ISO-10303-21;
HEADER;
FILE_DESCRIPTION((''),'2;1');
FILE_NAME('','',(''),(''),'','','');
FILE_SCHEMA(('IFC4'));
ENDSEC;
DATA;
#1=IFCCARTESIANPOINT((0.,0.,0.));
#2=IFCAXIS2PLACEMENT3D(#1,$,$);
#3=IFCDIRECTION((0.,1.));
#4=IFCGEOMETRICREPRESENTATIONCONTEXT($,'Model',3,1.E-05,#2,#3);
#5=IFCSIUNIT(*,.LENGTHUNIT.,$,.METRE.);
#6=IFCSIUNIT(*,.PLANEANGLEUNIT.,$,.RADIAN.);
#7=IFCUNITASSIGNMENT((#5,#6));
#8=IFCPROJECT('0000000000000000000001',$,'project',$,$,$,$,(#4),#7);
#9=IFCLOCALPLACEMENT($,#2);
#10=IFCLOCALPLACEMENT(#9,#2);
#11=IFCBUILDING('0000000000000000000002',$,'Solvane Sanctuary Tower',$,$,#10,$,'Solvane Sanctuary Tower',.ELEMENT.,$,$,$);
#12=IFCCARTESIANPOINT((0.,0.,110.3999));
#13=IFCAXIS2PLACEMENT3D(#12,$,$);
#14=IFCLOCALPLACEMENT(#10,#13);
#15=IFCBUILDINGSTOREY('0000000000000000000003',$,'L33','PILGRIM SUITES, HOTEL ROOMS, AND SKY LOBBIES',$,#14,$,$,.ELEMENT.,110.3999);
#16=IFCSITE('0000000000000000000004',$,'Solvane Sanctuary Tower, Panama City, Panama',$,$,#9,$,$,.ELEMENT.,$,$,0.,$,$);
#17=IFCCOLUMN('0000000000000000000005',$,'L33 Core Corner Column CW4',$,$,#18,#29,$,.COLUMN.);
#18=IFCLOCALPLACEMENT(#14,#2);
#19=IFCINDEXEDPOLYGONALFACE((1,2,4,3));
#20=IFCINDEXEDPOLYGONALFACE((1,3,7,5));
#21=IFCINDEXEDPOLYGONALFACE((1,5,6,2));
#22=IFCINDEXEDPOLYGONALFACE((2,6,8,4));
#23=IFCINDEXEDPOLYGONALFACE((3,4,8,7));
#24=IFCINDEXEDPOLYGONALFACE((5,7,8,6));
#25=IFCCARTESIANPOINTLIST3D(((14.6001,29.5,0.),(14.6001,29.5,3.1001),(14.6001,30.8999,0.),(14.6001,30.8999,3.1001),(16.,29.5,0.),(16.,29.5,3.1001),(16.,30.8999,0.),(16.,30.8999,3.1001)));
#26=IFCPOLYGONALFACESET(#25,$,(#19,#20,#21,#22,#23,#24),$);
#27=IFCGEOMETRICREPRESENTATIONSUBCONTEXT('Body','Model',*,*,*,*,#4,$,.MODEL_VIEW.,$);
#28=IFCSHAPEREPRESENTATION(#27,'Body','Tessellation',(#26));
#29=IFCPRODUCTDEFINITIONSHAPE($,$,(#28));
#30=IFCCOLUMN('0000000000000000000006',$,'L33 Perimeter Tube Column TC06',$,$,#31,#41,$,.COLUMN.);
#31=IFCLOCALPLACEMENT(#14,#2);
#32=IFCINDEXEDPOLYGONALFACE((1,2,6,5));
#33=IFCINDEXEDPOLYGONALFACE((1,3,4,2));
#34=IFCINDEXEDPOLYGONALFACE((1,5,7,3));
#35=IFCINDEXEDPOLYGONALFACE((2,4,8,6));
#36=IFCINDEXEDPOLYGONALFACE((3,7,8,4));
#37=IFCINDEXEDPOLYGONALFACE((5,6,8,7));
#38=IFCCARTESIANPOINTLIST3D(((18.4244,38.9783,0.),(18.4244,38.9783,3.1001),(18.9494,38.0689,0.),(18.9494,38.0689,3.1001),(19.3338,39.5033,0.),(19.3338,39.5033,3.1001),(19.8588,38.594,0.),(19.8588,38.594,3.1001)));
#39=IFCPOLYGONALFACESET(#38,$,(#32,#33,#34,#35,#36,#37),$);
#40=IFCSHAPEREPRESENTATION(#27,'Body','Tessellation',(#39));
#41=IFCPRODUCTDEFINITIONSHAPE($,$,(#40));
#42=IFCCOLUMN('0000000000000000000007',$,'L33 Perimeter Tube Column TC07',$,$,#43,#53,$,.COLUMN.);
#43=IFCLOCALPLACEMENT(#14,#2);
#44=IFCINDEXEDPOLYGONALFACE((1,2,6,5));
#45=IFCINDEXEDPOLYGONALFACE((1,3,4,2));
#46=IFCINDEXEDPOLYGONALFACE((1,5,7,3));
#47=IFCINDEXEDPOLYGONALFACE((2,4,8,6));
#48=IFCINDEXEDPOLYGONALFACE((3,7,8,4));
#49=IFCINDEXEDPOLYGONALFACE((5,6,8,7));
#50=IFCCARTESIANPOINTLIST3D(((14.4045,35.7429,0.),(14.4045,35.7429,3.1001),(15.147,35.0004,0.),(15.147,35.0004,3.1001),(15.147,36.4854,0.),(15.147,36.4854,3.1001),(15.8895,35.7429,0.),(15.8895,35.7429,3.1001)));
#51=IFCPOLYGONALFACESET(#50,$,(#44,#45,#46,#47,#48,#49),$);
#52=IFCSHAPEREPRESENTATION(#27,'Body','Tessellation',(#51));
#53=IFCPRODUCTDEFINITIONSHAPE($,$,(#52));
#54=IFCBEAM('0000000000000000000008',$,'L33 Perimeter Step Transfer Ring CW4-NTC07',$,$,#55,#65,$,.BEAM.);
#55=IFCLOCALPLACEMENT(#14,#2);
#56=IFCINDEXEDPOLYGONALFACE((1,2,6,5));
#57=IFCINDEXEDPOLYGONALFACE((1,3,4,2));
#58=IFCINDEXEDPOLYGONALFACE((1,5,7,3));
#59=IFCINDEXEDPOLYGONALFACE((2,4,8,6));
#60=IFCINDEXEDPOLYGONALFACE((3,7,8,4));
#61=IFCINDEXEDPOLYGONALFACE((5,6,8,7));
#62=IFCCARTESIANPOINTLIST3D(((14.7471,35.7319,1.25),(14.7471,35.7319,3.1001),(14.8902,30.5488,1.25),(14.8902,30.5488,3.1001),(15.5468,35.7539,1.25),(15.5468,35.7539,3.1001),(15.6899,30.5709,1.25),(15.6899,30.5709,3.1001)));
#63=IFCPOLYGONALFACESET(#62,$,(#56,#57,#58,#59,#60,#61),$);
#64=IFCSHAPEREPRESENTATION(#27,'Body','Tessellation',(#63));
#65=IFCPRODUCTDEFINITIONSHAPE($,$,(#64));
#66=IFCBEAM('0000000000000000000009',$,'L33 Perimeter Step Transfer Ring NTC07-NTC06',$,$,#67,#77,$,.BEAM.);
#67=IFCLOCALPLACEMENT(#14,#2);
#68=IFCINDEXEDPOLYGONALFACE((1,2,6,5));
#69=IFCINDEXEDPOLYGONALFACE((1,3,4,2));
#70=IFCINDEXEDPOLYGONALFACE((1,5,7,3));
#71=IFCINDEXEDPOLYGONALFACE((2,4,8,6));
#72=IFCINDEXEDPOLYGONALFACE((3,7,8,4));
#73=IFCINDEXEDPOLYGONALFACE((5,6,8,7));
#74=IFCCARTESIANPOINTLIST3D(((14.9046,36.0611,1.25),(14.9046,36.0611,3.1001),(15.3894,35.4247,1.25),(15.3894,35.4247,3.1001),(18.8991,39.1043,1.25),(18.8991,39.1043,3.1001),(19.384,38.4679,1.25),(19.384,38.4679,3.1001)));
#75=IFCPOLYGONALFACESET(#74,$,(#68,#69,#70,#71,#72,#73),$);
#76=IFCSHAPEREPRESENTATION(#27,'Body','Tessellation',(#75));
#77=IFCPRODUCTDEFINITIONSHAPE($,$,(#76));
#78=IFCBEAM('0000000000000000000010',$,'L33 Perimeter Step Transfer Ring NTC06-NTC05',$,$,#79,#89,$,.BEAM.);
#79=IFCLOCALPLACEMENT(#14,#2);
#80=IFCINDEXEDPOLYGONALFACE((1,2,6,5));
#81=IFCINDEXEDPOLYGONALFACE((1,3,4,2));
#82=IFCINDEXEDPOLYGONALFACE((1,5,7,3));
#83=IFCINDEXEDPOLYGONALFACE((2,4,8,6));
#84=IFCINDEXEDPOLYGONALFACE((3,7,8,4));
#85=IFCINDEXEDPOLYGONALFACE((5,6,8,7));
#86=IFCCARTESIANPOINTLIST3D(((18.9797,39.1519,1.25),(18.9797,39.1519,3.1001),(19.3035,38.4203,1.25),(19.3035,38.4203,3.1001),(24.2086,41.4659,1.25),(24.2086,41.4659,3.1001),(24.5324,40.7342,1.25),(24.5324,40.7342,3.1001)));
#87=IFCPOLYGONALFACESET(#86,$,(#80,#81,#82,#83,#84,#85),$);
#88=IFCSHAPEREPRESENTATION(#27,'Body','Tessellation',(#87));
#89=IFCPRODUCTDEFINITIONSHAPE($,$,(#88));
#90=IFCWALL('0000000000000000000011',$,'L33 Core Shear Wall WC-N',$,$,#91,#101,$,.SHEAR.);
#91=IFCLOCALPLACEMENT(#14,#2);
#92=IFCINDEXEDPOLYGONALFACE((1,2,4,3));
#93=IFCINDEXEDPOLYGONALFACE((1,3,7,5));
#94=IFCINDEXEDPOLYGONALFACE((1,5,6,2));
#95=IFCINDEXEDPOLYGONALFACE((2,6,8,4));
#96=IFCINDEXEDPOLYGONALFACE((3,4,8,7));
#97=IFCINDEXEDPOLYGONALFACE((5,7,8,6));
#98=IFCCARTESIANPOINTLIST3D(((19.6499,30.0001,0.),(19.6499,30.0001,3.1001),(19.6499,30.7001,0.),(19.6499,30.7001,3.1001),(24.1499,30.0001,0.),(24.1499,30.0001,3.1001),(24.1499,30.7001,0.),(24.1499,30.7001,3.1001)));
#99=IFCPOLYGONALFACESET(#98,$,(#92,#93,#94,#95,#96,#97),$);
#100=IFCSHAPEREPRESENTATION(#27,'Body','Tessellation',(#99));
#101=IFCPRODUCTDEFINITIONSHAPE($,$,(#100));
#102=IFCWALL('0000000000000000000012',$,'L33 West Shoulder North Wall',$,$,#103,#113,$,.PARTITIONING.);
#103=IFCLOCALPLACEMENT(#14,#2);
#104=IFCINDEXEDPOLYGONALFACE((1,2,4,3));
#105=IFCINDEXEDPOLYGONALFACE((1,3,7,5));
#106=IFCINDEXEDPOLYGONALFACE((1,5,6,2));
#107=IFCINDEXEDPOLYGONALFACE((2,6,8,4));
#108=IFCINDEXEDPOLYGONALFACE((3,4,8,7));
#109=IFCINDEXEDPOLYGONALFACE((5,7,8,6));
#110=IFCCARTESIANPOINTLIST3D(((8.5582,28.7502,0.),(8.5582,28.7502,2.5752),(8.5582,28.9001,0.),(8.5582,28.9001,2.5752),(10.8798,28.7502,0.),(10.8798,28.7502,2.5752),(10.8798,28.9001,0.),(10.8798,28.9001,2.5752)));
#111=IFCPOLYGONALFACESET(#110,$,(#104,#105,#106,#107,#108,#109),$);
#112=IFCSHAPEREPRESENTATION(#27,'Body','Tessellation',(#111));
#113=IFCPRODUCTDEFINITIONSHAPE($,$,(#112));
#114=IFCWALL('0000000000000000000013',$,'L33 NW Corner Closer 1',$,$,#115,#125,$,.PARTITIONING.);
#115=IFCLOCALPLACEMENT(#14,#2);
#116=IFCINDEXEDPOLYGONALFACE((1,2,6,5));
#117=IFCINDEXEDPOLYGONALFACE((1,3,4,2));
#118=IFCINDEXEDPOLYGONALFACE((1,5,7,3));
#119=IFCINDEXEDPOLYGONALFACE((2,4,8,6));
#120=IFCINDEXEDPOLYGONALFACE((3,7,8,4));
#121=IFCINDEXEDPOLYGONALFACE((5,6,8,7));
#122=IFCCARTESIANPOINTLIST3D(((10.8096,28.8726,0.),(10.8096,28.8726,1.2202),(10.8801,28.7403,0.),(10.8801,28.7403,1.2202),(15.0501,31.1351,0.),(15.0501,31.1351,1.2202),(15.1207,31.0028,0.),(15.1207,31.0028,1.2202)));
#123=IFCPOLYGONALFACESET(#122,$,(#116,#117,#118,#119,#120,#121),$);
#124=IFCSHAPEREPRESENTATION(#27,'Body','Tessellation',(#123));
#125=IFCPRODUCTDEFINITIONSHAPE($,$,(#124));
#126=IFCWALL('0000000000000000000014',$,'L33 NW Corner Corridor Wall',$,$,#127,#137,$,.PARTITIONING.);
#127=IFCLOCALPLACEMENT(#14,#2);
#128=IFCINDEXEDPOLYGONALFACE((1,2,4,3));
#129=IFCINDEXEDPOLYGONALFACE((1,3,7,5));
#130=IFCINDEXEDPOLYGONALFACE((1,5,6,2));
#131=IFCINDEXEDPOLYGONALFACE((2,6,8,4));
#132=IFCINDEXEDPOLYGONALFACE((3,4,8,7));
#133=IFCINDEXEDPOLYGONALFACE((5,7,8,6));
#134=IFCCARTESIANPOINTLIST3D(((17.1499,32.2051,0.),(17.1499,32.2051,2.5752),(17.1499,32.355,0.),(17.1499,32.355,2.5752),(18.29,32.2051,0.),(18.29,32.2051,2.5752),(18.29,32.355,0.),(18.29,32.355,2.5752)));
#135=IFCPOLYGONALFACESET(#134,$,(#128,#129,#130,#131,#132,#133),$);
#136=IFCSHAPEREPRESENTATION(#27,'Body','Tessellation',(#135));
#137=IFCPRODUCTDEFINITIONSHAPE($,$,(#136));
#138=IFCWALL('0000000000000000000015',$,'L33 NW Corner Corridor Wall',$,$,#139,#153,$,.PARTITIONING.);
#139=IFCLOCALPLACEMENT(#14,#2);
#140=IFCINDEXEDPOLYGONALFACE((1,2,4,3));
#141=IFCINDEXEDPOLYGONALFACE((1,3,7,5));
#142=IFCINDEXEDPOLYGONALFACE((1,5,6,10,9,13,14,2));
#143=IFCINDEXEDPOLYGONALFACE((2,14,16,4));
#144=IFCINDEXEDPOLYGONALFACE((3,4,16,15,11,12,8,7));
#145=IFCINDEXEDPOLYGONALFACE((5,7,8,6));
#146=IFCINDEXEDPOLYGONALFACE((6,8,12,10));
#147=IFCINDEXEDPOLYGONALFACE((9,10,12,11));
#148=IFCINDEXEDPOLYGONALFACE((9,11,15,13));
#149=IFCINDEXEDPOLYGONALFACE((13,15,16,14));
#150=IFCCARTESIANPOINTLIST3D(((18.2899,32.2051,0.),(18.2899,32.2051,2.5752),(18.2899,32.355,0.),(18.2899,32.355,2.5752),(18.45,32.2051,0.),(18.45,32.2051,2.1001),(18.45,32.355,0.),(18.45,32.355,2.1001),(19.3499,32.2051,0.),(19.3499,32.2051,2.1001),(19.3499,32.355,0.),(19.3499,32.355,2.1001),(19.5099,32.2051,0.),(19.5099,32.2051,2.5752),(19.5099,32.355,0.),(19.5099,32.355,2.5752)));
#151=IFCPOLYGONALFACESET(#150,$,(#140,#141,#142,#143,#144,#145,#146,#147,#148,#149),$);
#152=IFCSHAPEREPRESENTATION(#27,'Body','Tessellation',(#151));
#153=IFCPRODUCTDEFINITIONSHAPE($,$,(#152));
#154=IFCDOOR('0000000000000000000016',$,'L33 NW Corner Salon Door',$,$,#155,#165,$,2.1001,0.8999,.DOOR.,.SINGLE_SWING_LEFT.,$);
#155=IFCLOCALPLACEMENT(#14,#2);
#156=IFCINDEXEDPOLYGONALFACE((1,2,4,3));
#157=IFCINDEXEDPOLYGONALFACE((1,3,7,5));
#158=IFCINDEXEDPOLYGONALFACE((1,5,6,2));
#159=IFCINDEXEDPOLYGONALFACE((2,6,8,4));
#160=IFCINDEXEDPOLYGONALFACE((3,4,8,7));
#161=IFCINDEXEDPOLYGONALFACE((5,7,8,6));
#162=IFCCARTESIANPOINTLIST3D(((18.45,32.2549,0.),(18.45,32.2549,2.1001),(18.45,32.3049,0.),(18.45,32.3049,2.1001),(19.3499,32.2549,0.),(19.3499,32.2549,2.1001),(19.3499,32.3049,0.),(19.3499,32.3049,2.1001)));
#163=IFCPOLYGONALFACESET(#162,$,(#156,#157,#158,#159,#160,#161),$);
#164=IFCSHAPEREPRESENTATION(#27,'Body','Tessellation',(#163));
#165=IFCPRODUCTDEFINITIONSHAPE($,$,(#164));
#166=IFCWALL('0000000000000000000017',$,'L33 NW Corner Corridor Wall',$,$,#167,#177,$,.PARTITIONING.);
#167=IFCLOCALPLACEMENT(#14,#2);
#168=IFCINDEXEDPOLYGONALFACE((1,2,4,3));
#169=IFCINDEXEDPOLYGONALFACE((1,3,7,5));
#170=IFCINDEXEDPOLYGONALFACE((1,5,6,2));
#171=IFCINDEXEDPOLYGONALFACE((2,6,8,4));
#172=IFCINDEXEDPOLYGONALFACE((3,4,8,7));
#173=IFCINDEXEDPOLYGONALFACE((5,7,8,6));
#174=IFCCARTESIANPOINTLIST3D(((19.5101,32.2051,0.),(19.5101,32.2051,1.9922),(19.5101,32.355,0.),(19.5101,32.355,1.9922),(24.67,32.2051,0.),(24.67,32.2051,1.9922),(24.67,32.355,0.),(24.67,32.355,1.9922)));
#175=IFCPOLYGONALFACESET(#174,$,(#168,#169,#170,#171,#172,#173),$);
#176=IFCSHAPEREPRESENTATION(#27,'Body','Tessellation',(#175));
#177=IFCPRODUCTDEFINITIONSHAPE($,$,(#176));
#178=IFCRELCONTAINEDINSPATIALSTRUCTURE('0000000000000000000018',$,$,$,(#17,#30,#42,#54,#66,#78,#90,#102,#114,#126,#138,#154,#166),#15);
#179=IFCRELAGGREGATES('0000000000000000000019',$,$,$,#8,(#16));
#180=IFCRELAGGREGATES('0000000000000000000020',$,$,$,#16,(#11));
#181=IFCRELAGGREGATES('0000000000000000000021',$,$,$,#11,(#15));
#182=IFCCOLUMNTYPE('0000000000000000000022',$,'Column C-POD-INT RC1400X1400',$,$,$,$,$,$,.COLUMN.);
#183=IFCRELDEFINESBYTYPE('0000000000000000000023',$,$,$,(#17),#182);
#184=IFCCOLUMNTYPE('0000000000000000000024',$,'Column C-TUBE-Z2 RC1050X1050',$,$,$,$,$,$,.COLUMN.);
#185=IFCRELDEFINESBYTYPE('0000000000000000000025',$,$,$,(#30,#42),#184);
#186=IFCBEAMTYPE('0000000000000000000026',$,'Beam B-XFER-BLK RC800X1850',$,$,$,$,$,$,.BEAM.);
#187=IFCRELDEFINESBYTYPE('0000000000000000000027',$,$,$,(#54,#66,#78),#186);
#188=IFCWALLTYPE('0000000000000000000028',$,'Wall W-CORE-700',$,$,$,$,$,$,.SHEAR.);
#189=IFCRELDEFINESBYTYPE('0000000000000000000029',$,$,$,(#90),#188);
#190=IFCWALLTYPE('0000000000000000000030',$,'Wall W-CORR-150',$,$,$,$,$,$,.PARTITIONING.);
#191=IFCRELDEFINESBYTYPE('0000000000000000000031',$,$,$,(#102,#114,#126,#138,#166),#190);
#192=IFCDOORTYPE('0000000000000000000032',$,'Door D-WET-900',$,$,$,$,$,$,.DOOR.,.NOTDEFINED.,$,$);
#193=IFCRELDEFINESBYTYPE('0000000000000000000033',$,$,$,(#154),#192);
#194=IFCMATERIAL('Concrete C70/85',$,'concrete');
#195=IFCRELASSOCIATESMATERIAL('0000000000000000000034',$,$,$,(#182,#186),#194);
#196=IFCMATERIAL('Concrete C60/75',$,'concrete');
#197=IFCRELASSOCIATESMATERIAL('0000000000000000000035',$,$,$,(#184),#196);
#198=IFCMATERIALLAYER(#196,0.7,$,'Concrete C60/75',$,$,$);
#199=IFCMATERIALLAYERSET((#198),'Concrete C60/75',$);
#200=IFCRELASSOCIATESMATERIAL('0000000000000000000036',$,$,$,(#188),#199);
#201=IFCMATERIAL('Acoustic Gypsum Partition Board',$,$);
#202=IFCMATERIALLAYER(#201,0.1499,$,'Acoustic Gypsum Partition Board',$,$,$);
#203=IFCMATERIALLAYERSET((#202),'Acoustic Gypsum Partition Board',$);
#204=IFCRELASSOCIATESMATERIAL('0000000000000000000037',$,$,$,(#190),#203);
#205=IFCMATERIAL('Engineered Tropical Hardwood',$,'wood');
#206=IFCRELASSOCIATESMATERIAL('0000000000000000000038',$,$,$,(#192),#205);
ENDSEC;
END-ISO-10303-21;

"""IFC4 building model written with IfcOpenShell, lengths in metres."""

from ifc_helpers import new_model, si_unit, direction, frame, frame_2d, origin, origin_2d, place, context, subcontext, project, spatial, rectangle, extrude, material, layer, layer_set, material_profile, profile_set, type_object, element, fill, save


model = new_model("IFC4")

# Units and contexts
model_context = context("Model", 3, precision=1e-05, world=origin(), true_north=direction((0.0, 1.0)))
body_context = subcontext(model_context, "Body", "Model", "MODEL_VIEW")
ifc_project = project(units=[si_unit("LENGTHUNIT", "METRE"), si_unit("PLANEANGLEUNIT", "RADIAN")], contexts=[model_context])

# Site, building, storey
site_placement = place(None, origin())
site = spatial("IfcSite", under=ifc_project, at=site_placement, Name="Solvane Sanctuary Tower, Panama City, Panama", CompositionType="ELEMENT", RefElevation=0.0)
building_placement = place(site_placement, origin())
building = spatial("IfcBuilding", under=site, at=building_placement, Name="Solvane Sanctuary Tower", LongName="Solvane Sanctuary Tower", CompositionType="ELEMENT")
storey_placement = place(building_placement, frame((0.0, 0.0, 110.3999)))
storey = spatial("IfcBuildingStorey", under=building, at=storey_placement, Name="L33", Description="PILGRIM SUITES, HOTEL ROOMS, AND SKY LOBBIES", CompositionType="ELEMENT", Elevation=110.3999)

# Columns
ifc_material_1 = material(Name="Concrete C70/85", Category="concrete")
ifc_material_profile_1 = material_profile(ifc_material_1, rectangle(XDim=1.3999, YDim=1.3999, at=origin_2d()), Name="RC1400X1400")
ifc_profile_set_1 = profile_set([ifc_material_profile_1], Name="Concrete C70/85")
column_type_1 = type_object("IfcColumnType", Name="Column C-POD-INT RC1400X1400", PredefinedType="COLUMN", material=ifc_profile_set_1)
column_placement = place(storey_placement, frame((15.3, 30.2, 0.0), z_axis=(0.0, 0.0, 1.0), x_axis=(1.0, 0.0, 0.0)))
element("IfcColumn", 1, at=column_placement, inside=storey, type_object=column_type_1, Name="L33 Core Corner Column CW4", PredefinedType="COLUMN", context=body_context, shape_type="SweptSolid", body=[
    extrude(rectangle(XDim=1.3999, YDim=1.3999, at=origin_2d()), origin(), (0.0, 0.0, 1.0), 3.1001),
])
ifc_material_2 = material(Name="Concrete C60/75", Category="concrete")
ifc_material_profile_2 = material_profile(ifc_material_2, rectangle(XDim=1.05, YDim=1.05, at=origin_2d()), Name="RC1050X1050")
ifc_profile_set_2 = profile_set([ifc_material_profile_2], Name="Concrete C60/75")
column_type_2 = type_object("IfcColumnType", Name="Column C-TUBE-Z2 RC1050X1050", PredefinedType="COLUMN", material=ifc_profile_set_2)
for number, where, z_axis, x_axis, name in (
    (2, (19.1416, 38.7861, 0.0), (0.0, 0.0, 1.0), (-0.5, 0.866025, 0.0), "L33 Perimeter Tube Column TC06"),
    (3, (15.147, 35.7429, 0.0), (0.0, 0.0, 1.0), (-0.707107, 0.707107, 0.0), "L33 Perimeter Tube Column TC07"),
):
    element("IfcColumn", number, at=place(storey_placement, frame(where, z_axis=z_axis, x_axis=x_axis)), inside=storey, type_object=column_type_2, Name=name, PredefinedType="COLUMN", context=body_context, shape_type="SweptSolid", body=[
        extrude(rectangle(XDim=1.05, YDim=1.05, at=origin_2d()), origin(), (0.0, 0.0, 1.0), 3.1001),
    ])

# Beams
ifc_material_profile_3 = material_profile(ifc_material_1, rectangle(XDim=0.8, YDim=1.8501, at=origin_2d()), Name="RC800X1850")
ifc_profile_set_3 = profile_set([ifc_material_profile_3], Name="Concrete C70/85")
beam_type = type_object("IfcBeamType", Name="Beam B-XFER-BLK RC800X1850", PredefinedType="BEAM", material=ifc_profile_set_3)
beam_1_placement = place(storey_placement, frame((15.29, 30.5598, 2.175), z_axis=(-0.027592, 0.999619, 0.0), x_axis=(-0.999619, -0.027592, 0.0)))
element("IfcBeam", 4, at=beam_1_placement, inside=storey, type_object=beam_type, Name="L33 Perimeter Step Transfer Ring CW4-NTC07", PredefinedType="BEAM", context=body_context, shape_type="SweptSolid", body=[
    extrude(rectangle(XDim=0.8, YDim=1.8501, at=origin_2d()), origin(), (0.0, 0.0, 1.0), 5.1851),
])
beam_2_placement = place(storey_placement, frame((15.147, 35.7429, 2.175), z_axis=(0.795462, 0.606004, 0.0), x_axis=(-0.606004, 0.795462, 0.0)))
element("IfcBeam", 5, at=beam_2_placement, inside=storey, type_object=beam_type, Name="L33 Perimeter Step Transfer Ring NTC07-NTC06", PredefinedType="BEAM", context=body_context, shape_type="SweptSolid", body=[
    extrude(rectangle(XDim=0.8, YDim=1.8501, at=origin_2d()), origin(), (0.0, 0.0, 1.0), 5.0217),
])
beam_3_placement = place(storey_placement, frame((19.1416, 38.7861, 2.175), z_axis=(0.914462, 0.404672, 0.0), x_axis=(-0.404672, 0.914462, 0.0)))
element("IfcBeam", 6, at=beam_3_placement, inside=storey, type_object=beam_type, Name="L33 Perimeter Step Transfer Ring NTC06-NTC05", PredefinedType="BEAM", context=body_context, shape_type="SweptSolid", body=[
    extrude(rectangle(XDim=0.8, YDim=1.8501, at=origin_2d()), origin(), (0.0, 0.0, 1.0), 5.718),
])

# Walls
ifc_layer_1 = layer(ifc_material_2, 0.7, Name="Concrete C60/75")
ifc_layer_set_1 = layer_set([ifc_layer_1], Name="Concrete C60/75")
wall_type_1 = type_object("IfcWallType", Name="Wall W-CORE-700", PredefinedType="SHEAR", material=ifc_layer_set_1)
wall_1_placement = place(storey_placement, frame((19.6499, 30.3501, 0.0), z_axis=(0.0, 0.0, 1.0), x_axis=(1.0, 0.0, 0.0)))
element("IfcWall", 7, at=wall_1_placement, inside=storey, type_object=wall_type_1, Name="L33 Core Shear Wall WC-N", PredefinedType="SHEAR", context=body_context, shape_type="SweptSolid", body=[
    extrude(rectangle(XDim=4.5, YDim=0.7, at=frame_2d((2.25, 0.0))), origin(), (0.0, 0.0, 1.0), 3.1001),
])
ifc_material_3 = material(Name="Acoustic Gypsum Partition Board")
ifc_layer_2 = layer(ifc_material_3, 0.1499, Name="Acoustic Gypsum Partition Board")
ifc_layer_set_2 = layer_set([ifc_layer_2], Name="Acoustic Gypsum Partition Board")
wall_type_2 = type_object("IfcWallType", Name="Wall W-CORR-150", PredefinedType="PARTITIONING", material=ifc_layer_set_2)
wall_2_placement = place(storey_placement, frame((8.5583, 28.8252, 0.0), z_axis=(0.0, 0.0, 1.0), x_axis=(1.0, 0.0, 0.0)))
element("IfcWall", 8, at=wall_2_placement, inside=storey, type_object=wall_type_2, Name="L33 West Shoulder North Wall", PredefinedType="PARTITIONING", context=body_context, shape_type="SweptSolid", body=[
    extrude(rectangle(XDim=2.3215, YDim=0.1499, at=frame_2d((1.1606, 0.0))), origin(), (0.0, 0.0, 1.0), 2.5752),
])
wall_3_placement = place(storey_placement, frame((10.8447, 28.8064, 0.0), z_axis=(0.0, 0.0, 1.0), x_axis=(0.882278, 0.470728, 0.0)))
element("IfcWall", 9, at=wall_3_placement, inside=storey, type_object=wall_type_2, Name="L33 NW Corner Closer 1", PredefinedType="PARTITIONING", context=body_context, shape_type="SweptSolid", body=[
    extrude(rectangle(XDim=4.8064, YDim=0.1499, at=frame_2d((2.4033, 0.0))), origin(), (0.0, 0.0, 1.0), 1.2202),
])
wall_4_placement = place(storey_placement, frame((17.1499, 32.28, 0.0), z_axis=(0.0, 0.0, 1.0), x_axis=(1.0, 0.0, 0.0)))
element("IfcWall", 10, at=wall_4_placement, inside=storey, type_object=wall_type_2, Name="L33 NW Corner Corridor Wall", PredefinedType="PARTITIONING", context=body_context, shape_type="SweptSolid", body=[
    extrude(rectangle(XDim=1.1401, YDim=0.1499, at=frame_2d((0.5701, 0.0))), origin(), (0.0, 0.0, 1.0), 2.5752),
])

# Wall, opening, door
wall_5_placement = place(storey_placement, frame((18.29, 32.28, 0.0), z_axis=(0.0, 0.0, 1.0), x_axis=(1.0, 0.0, 0.0)))
wall_5 = element("IfcWall", 11, at=wall_5_placement, inside=storey, type_object=wall_type_2, Name="L33 NW Corner Corridor Wall", PredefinedType="PARTITIONING", context=body_context, shape_type="SweptSolid", body=[
    extrude(rectangle(XDim=1.22, YDim=0.1499, at=frame_2d((0.6099, 0.0))), origin(), (0.0, 0.0, 1.0), 2.5752),
])
opening_1_placement = place(wall_5_placement, frame((0.1599, 0.0, 0.0)))
opening_1 = element("IfcOpeningElement", 12, at=opening_1_placement, cuts=wall_5, PredefinedType="OPENING", context=body_context, shape_type="SweptSolid", body=[
    extrude(rectangle(XDim=0.8999, YDim=2.1001, at=frame_2d((0.45, 1.05))), frame((0.0, 0.085, 0.0), z_axis=(0.0, -1.0, 0.0), x_axis=(1.0, 0.0, 0.0)), (0.0, 0.0, 1.0), 0.1699),
])
ifc_material_4 = material(Name="Engineered Tropical Hardwood", Category="wood")
door_type_1 = type_object("IfcDoorType", Name="Door D-WET-900", OperationType="NOTDEFINED", PredefinedType="DOOR", material=ifc_material_4)
door_1_placement = place(opening_1_placement, origin())
door_1 = element("IfcDoor", 13, at=door_1_placement, inside=storey, type_object=door_type_1, Name="L33 NW Corner Salon Door", OperationType="SINGLE_SWING_LEFT", OverallHeight=2.1001, OverallWidth=0.8999, PredefinedType="DOOR", context=body_context, shape_type="SweptSolid", body=[
    extrude(rectangle(XDim=0.8999, YDim=2.1001, at=frame_2d((0.45, 1.05))), frame((0.0, 0.0249, 0.0), z_axis=(0.0, -1.0, 0.0), x_axis=(1.0, 0.0, 0.0)), (0.0, 0.0, 1.0), 0.05),
])
fill(opening_1, door_1)

# Wall
wall_6_placement = place(storey_placement, frame((19.51, 32.28, 0.0), z_axis=(0.0, 0.0, 1.0), x_axis=(1.0, 0.0, 0.0)))
element("IfcWall", 14, at=wall_6_placement, inside=storey, type_object=wall_type_2, Name="L33 NW Corner Corridor Wall", PredefinedType="PARTITIONING", context=body_context, shape_type="SweptSolid", body=[
    extrude(rectangle(XDim=5.1599, YDim=0.1499, at=frame_2d((2.5801, 0.0))), origin(), (0.0, 0.0, 1.0), 1.9922),
])

save(model, "model.ifc")
